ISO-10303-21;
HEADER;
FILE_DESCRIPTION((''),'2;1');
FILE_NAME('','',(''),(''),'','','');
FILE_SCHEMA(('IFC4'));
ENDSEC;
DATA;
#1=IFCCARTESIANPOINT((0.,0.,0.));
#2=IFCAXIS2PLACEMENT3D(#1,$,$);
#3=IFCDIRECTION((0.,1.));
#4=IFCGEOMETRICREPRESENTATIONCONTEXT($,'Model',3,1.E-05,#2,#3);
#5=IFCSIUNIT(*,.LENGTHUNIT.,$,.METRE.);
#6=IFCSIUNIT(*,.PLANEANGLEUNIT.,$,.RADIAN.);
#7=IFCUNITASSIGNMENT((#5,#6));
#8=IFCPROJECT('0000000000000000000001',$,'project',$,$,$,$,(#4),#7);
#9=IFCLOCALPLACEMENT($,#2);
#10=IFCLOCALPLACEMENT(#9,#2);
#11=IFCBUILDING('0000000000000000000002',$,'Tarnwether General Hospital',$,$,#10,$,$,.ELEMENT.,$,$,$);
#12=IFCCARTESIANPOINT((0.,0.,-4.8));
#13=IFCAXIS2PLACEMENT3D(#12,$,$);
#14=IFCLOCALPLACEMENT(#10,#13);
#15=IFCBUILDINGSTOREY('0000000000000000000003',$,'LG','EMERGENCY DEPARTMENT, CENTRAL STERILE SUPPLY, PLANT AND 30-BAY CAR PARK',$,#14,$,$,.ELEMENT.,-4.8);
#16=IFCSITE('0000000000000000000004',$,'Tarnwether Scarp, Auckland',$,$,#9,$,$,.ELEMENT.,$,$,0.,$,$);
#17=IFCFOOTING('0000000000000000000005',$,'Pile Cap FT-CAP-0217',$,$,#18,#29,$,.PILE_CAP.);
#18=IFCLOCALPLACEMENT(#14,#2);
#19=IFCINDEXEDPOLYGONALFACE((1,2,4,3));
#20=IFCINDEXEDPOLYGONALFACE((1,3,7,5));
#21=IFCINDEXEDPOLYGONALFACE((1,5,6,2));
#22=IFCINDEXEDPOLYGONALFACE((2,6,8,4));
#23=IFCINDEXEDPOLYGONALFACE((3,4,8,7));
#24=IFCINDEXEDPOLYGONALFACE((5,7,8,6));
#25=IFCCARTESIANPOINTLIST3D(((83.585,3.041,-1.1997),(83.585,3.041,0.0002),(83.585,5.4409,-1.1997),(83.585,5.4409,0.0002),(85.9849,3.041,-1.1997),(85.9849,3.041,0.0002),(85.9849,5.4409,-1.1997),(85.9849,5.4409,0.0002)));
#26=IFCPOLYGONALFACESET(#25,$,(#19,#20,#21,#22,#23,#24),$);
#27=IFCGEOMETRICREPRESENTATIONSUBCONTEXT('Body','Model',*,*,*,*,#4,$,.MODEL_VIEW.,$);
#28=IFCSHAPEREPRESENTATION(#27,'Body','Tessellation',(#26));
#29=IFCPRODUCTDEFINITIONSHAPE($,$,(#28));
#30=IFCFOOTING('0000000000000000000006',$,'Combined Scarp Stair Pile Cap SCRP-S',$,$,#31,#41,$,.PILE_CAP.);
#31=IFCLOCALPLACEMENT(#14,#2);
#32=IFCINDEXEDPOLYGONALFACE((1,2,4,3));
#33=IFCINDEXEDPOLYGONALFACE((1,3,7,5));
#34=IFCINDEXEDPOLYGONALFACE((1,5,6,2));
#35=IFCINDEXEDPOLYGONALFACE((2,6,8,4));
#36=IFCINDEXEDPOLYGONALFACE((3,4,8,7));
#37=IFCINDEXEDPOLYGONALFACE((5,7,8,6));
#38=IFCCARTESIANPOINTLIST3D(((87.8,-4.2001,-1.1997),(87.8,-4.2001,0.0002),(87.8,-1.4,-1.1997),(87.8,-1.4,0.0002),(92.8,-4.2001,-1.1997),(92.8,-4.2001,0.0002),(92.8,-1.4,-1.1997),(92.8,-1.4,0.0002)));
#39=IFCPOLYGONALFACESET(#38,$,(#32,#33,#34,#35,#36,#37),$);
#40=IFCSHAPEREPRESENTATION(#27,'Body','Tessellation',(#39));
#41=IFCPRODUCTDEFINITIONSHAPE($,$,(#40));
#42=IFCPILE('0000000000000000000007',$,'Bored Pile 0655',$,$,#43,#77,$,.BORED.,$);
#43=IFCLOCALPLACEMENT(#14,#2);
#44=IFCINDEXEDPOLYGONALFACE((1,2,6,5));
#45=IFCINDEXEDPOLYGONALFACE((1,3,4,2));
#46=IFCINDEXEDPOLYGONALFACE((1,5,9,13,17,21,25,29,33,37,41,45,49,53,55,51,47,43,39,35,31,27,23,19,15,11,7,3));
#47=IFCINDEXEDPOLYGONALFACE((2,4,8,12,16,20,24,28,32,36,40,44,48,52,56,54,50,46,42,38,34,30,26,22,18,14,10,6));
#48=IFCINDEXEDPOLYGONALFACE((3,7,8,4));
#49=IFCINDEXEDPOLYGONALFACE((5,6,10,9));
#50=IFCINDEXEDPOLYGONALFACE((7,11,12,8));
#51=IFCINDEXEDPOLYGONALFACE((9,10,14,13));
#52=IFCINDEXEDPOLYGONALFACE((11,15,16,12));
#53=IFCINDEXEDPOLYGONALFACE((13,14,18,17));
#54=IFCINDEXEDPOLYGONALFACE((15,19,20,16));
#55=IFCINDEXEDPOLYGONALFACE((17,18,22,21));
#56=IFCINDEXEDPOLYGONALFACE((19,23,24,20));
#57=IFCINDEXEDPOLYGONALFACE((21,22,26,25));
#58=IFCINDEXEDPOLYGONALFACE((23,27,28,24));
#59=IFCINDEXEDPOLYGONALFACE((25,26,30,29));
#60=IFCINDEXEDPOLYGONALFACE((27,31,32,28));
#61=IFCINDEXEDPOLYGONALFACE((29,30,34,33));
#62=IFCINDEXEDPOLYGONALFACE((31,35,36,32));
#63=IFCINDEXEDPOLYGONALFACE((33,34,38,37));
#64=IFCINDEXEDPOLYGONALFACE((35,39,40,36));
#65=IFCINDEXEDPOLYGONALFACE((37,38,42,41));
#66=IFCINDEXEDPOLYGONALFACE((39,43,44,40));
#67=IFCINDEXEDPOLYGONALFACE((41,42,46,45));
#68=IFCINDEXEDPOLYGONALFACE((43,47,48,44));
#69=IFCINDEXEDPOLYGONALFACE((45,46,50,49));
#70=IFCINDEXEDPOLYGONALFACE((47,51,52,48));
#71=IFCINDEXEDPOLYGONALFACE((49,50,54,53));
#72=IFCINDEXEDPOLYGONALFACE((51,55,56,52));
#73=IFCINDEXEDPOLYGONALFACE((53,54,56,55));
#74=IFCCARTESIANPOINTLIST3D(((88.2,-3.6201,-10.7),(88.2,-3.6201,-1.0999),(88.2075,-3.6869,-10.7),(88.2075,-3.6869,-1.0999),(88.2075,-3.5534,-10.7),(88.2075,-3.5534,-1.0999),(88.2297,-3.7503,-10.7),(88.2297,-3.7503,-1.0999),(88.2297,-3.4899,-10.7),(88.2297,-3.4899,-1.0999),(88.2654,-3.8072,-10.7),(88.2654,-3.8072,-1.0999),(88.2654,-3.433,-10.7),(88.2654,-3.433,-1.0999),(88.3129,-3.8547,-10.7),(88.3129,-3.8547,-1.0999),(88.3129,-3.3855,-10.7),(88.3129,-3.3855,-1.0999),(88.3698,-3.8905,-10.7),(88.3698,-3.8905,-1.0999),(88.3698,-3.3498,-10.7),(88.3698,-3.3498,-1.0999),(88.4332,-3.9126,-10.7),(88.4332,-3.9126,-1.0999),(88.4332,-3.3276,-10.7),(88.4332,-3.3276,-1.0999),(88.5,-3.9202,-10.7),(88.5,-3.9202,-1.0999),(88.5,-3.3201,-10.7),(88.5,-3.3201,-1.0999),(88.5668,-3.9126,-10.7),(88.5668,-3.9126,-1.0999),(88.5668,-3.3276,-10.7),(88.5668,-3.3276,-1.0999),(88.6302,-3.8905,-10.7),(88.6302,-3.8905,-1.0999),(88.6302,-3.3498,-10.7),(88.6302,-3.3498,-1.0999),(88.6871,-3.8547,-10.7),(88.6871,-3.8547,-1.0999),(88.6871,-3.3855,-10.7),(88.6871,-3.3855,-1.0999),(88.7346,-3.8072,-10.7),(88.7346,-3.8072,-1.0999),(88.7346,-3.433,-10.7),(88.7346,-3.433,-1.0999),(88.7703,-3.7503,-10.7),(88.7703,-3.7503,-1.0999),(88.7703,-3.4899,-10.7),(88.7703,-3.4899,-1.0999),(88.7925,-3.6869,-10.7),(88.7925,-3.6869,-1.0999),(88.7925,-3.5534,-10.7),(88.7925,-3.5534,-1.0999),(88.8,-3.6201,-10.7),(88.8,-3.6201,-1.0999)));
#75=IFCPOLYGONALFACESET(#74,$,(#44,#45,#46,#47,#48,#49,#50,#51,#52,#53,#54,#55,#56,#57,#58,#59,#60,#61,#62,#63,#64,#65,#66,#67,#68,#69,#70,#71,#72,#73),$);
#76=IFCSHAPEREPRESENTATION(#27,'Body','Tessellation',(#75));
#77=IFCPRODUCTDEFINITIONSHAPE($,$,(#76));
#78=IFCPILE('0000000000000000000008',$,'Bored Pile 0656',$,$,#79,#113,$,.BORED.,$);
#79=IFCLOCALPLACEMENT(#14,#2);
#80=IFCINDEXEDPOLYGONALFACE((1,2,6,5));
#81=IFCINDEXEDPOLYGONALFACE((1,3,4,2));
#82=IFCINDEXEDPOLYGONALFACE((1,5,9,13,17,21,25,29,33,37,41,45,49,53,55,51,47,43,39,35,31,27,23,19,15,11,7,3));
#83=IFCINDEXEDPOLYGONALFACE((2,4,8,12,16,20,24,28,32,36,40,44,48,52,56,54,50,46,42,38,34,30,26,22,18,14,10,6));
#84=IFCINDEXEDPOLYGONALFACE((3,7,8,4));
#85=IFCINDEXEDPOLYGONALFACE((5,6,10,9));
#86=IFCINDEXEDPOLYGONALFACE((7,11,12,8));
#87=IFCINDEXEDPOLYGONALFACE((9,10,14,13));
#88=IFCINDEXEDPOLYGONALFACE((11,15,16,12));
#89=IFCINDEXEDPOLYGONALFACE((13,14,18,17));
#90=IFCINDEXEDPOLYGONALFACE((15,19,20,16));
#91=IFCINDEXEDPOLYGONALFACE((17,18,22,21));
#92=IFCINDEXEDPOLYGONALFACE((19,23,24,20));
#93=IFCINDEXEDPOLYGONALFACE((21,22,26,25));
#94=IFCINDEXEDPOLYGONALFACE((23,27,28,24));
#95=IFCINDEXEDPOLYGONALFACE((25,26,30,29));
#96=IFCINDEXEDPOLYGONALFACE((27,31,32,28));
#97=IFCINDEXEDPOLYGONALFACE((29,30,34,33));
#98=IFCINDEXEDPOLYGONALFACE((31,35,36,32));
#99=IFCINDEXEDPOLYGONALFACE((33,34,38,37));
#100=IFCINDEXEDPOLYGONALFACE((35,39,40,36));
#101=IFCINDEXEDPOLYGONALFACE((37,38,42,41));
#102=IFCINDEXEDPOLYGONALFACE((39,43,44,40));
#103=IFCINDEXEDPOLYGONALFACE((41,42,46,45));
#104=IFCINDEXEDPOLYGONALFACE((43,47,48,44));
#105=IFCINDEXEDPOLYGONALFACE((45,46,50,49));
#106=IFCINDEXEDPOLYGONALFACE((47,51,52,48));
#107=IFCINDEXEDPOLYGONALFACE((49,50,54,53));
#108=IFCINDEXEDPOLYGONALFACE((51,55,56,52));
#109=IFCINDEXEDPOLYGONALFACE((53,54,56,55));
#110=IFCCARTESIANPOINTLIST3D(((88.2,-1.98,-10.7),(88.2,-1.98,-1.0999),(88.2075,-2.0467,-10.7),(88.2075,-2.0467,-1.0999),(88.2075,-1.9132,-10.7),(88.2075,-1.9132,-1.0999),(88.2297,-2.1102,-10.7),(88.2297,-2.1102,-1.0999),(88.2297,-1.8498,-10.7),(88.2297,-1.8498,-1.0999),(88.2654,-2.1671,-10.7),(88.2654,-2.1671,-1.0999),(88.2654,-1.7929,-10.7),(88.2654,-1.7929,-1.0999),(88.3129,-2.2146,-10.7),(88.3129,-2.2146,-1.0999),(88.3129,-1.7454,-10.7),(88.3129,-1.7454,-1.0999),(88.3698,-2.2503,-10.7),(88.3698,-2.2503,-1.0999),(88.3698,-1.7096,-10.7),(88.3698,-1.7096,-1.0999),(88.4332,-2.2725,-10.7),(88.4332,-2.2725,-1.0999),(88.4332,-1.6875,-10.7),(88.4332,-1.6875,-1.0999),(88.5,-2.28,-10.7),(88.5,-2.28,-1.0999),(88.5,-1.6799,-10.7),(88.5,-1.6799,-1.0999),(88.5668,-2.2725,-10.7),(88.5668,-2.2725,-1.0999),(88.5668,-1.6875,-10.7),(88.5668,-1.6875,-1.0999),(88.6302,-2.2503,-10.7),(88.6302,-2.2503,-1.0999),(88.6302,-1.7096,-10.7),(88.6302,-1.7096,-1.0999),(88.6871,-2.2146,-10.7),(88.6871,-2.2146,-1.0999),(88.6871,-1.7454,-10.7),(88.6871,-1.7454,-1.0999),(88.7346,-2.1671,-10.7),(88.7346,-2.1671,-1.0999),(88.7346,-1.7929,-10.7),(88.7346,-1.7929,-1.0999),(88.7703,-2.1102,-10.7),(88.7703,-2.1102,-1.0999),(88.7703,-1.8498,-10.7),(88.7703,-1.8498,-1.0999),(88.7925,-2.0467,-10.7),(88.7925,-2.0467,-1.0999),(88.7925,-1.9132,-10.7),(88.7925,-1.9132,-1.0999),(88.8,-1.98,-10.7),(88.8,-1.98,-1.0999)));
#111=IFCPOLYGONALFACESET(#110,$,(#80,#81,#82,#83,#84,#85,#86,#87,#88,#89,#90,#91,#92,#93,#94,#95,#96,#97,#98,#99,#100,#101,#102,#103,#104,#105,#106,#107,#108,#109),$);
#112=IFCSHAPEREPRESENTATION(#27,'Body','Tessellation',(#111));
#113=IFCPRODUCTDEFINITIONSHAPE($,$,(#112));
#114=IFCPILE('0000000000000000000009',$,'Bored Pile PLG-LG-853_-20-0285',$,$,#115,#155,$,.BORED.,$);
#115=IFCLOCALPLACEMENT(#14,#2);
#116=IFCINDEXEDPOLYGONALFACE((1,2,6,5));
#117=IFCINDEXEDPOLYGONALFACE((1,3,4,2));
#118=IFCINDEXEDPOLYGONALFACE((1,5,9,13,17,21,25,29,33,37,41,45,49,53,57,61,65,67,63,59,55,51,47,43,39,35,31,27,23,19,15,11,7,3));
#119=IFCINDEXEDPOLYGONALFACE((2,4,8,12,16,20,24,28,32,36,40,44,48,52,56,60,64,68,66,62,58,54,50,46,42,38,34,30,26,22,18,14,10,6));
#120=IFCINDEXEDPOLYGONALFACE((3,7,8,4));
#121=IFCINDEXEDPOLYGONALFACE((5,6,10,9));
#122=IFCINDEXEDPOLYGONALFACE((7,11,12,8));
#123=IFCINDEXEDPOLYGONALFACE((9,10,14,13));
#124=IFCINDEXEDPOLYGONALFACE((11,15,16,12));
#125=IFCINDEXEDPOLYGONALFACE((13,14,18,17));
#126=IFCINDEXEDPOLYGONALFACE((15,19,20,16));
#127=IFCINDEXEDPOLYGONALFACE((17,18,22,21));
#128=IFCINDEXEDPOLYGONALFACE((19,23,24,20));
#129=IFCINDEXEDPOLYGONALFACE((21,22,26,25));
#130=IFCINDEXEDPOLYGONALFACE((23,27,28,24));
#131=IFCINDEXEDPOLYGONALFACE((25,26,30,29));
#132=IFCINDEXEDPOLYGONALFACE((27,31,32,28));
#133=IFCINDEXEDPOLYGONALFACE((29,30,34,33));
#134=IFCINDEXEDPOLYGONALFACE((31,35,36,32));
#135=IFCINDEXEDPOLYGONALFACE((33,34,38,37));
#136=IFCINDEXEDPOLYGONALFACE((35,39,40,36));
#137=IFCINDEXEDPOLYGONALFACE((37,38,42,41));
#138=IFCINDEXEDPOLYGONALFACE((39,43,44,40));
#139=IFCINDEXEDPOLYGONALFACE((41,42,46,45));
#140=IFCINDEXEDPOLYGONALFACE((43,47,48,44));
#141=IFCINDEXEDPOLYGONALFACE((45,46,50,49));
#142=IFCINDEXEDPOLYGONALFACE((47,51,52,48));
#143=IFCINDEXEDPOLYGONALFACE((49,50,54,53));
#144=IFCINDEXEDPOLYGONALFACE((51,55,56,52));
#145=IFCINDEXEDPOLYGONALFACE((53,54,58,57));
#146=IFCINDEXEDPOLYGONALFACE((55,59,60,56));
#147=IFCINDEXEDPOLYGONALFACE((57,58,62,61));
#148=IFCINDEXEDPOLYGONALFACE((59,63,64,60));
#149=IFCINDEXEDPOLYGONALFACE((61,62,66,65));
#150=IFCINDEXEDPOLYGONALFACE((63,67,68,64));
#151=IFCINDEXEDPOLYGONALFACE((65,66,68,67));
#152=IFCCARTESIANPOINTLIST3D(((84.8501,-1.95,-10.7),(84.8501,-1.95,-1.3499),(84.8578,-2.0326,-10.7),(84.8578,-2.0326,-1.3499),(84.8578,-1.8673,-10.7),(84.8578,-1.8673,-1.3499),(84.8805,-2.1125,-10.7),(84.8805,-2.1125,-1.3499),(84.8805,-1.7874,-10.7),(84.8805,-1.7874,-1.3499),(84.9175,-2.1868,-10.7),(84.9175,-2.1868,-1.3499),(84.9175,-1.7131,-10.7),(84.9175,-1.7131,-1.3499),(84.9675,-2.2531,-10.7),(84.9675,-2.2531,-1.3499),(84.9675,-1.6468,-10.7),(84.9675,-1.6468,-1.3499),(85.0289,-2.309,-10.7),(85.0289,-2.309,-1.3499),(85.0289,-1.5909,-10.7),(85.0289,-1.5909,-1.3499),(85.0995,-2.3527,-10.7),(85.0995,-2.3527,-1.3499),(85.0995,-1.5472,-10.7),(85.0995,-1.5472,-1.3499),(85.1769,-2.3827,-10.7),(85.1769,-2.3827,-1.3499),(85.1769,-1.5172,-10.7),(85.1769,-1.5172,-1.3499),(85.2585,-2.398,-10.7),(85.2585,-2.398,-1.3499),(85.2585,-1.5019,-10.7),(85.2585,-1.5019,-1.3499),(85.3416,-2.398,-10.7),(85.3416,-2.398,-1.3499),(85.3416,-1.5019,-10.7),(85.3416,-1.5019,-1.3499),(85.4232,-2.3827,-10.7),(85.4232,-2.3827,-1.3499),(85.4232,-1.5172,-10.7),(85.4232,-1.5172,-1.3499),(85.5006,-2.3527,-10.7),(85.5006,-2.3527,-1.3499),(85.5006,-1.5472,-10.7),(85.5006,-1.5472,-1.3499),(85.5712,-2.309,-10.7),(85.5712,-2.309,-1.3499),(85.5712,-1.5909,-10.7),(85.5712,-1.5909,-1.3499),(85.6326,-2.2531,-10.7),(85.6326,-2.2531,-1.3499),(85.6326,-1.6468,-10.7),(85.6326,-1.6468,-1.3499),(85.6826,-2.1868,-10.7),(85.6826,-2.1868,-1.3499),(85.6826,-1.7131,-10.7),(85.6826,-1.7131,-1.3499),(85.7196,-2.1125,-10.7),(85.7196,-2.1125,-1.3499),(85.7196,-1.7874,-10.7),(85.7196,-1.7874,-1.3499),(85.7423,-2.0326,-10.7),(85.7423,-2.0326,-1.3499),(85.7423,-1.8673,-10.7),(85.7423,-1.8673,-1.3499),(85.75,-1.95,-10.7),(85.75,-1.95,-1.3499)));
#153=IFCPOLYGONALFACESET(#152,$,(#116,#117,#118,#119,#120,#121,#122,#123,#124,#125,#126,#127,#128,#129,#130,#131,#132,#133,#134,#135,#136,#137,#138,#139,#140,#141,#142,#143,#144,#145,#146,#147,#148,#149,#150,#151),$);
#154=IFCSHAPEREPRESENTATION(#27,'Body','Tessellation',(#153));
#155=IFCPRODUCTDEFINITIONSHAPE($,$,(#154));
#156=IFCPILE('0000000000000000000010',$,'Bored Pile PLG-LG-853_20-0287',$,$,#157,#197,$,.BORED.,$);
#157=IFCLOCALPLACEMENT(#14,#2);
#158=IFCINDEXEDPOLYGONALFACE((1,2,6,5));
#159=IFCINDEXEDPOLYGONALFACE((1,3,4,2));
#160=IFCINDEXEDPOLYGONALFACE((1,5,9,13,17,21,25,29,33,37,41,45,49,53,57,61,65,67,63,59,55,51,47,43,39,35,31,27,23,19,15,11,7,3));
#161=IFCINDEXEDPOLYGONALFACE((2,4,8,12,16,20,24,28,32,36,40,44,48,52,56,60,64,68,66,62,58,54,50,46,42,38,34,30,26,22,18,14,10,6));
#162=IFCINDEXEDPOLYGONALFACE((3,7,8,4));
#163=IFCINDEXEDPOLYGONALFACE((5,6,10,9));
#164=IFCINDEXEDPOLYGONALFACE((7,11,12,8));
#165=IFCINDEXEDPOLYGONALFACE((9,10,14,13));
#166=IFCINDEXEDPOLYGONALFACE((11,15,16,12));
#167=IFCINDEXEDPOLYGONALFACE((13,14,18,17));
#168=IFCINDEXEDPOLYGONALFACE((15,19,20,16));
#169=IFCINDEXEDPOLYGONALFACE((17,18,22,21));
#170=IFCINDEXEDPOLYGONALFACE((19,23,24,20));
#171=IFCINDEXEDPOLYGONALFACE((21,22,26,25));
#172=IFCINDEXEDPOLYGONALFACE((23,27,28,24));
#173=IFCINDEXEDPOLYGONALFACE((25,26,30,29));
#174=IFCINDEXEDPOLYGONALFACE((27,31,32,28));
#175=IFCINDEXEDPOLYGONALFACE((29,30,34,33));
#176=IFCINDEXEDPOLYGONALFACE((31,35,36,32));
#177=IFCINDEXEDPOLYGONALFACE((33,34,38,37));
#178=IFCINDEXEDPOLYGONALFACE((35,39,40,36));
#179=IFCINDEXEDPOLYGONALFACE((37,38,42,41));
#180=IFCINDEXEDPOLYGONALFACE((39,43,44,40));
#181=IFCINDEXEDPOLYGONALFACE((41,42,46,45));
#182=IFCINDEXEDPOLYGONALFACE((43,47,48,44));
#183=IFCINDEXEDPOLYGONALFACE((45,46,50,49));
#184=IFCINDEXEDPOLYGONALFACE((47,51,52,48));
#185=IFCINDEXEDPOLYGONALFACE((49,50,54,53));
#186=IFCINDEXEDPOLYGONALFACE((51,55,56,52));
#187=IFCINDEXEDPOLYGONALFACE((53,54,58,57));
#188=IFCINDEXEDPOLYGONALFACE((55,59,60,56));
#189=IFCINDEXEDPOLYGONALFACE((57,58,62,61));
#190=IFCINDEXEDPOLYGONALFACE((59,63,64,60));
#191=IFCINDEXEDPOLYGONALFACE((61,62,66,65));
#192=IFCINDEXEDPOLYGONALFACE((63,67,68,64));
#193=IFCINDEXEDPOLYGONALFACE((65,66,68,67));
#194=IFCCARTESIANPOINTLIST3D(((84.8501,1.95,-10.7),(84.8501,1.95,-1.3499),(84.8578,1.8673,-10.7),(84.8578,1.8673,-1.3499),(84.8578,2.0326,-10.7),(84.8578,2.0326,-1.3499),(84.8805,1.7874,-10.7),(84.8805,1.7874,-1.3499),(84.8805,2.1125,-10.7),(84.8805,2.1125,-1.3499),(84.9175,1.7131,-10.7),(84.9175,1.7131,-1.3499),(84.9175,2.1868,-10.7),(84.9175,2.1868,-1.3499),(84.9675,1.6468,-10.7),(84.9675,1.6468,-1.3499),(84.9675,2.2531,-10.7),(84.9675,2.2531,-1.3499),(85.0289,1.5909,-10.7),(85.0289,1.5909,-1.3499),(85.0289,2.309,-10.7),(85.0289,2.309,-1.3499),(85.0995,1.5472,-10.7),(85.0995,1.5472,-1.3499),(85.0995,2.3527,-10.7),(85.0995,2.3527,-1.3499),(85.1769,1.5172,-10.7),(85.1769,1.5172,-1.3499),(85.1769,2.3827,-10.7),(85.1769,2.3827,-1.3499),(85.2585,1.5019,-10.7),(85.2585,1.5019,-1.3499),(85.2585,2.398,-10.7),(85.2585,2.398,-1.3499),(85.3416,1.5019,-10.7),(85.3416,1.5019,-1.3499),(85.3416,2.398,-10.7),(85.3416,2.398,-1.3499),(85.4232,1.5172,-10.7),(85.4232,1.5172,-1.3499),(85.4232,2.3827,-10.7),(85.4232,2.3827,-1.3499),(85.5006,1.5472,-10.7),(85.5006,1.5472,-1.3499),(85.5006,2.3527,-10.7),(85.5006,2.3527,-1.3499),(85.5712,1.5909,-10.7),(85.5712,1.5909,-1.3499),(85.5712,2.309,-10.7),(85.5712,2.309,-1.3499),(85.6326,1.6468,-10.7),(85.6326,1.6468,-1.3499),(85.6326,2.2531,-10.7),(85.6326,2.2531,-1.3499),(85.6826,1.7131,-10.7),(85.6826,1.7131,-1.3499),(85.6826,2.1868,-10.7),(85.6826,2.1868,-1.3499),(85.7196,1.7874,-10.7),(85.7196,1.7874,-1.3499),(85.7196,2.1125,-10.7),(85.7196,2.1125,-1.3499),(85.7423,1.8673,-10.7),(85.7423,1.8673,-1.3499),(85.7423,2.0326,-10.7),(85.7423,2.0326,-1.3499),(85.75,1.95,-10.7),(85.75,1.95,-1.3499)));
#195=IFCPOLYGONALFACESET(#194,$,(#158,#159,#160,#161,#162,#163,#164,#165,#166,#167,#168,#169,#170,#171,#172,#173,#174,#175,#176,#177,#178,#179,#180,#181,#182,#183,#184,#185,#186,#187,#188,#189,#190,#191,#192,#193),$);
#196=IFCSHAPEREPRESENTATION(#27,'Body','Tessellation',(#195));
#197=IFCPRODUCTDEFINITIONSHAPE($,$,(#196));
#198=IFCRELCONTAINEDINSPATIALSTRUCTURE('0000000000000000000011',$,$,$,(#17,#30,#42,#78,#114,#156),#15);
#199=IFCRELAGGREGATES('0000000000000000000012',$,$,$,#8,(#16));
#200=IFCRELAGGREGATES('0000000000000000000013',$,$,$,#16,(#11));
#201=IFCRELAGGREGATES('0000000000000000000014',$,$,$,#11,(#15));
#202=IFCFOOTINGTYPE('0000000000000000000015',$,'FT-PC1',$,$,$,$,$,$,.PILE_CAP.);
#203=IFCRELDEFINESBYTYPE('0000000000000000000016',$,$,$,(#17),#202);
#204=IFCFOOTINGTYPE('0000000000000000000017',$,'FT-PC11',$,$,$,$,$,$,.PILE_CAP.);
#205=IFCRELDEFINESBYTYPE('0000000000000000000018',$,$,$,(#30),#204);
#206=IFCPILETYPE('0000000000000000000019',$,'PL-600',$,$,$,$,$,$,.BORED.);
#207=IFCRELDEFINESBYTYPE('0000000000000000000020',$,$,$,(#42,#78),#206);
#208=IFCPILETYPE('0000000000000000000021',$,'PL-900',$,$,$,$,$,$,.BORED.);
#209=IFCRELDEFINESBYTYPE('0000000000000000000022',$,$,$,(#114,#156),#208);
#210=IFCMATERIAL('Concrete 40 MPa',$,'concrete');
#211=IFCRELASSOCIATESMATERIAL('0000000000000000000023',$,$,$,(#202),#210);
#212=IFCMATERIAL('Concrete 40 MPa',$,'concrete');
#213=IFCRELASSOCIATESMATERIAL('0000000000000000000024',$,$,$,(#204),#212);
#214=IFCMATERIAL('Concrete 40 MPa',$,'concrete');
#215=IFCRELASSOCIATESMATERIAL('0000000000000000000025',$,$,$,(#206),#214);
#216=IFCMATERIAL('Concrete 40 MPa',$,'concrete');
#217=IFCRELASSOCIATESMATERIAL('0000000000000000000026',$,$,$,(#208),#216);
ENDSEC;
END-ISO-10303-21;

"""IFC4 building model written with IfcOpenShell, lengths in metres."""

from ifc_helpers import new_model, si_unit, direction, frame, origin, origin_2d, place, context, subcontext, project, spatial, rectangle, circle, extrude, material, material_profile, profile_set, type_object, element, save


model = new_model("IFC4")

# Units and contexts
model_context = context("Model", 3, precision=1e-05, world=origin(), true_north=direction((0.0, 1.0)))
body_context = subcontext(model_context, "Body", "Model", "MODEL_VIEW")
ifc_project = project(units=[si_unit("LENGTHUNIT", "METRE"), si_unit("PLANEANGLEUNIT", "RADIAN")], contexts=[model_context])

# Site, building, storey
site_placement = place(None, origin())
site = spatial("IfcSite", under=ifc_project, at=site_placement, Name="Tarnwether Scarp, Auckland", CompositionType="ELEMENT", RefElevation=0.0)
building_placement = place(site_placement, origin())
building = spatial("IfcBuilding", under=site, at=building_placement, Name="Tarnwether General Hospital", CompositionType="ELEMENT")
storey_placement = place(building_placement, frame((0.0, 0.0, -4.8)))
storey = spatial("IfcBuildingStorey", under=building, at=storey_placement, Name="LG", Description="EMERGENCY DEPARTMENT, CENTRAL STERILE SUPPLY, PLANT AND 30-BAY CAR PARK", CompositionType="ELEMENT", Elevation=-4.8)

# Footings
ifc_material_1 = material(Name="Concrete 40 MPa", Category="concrete")
footing_type_1 = type_object("IfcFootingType", Name="FT-PC1", PredefinedType="PILE_CAP", material=ifc_material_1)
footing_1_placement = place(storey_placement, frame((84.7849, 4.241, -1.1997), z_axis=(0.0, 0.0, 1.0), x_axis=(1.0, 0.0, 0.0)))
element("IfcFooting", 1, at=footing_1_placement, inside=storey, type_object=footing_type_1, Name="Pile Cap FT-CAP-0217", PredefinedType="PILE_CAP", context=body_context, shape_type="SweptSolid", body=[
    extrude(rectangle(XDim=2.3999, YDim=2.3999, at=origin_2d()), origin(), (0.0, 0.0, 1.0), 1.2),
])
ifc_material_2 = material(Name="Concrete 40 MPa", Category="concrete")
footing_type_2 = type_object("IfcFootingType", Name="FT-PC11", PredefinedType="PILE_CAP", material=ifc_material_2)
footing_2_placement = place(storey_placement, frame((90.3, -2.8, -1.1997), z_axis=(0.0, 0.0, 1.0), x_axis=(1.0, 0.0, 0.0)))
element("IfcFooting", 2, at=footing_2_placement, inside=storey, type_object=footing_type_2, Name="Combined Scarp Stair Pile Cap SCRP-S", PredefinedType="PILE_CAP", context=body_context, shape_type="SweptSolid", body=[
    extrude(rectangle(XDim=5.0, YDim=2.8, at=origin_2d()), origin(), (0.0, 0.0, 1.0), 1.2),
])

# Piles
ifc_material_3 = material(Name="Concrete 40 MPa", Category="concrete")
ifc_material_profile_1 = material_profile(ifc_material_3, circle(Radius=0.3, at=origin_2d()), Name="PILE-D600")
ifc_profile_set_1 = profile_set([ifc_material_profile_1], Name="Concrete 40 MPa")
pile_type_1 = type_object("IfcPileType", Name="PL-600", PredefinedType="BORED", material=ifc_profile_set_1)
for number, where, z_axis, x_axis, name in (
    (3, (88.5, -3.6201, -1.0999), (0.0, 0.0, -1.0), (1.0, 0.0, 0.0), "Bored Pile 0655"),
    (4, (88.5, -1.98, -1.0999), (0.0, 0.0, -1.0), (1.0, 0.0, 0.0), "Bored Pile 0656"),
):
    element("IfcPile", number, at=place(storey_placement, frame(where, z_axis=z_axis, x_axis=x_axis)), inside=storey, type_object=pile_type_1, Name=name, PredefinedType="BORED", context=body_context, shape_type="SweptSolid", body=[
        extrude(circle(Radius=0.3, at=origin_2d()), origin(), (0.0, 0.0, 1.0), 9.6001),
    ])
ifc_material_4 = material(Name="Concrete 40 MPa", Category="concrete")
ifc_material_profile_2 = material_profile(ifc_material_4, circle(Radius=0.45, at=origin_2d()), Name="PILE-D900")
ifc_profile_set_2 = profile_set([ifc_material_profile_2], Name="Concrete 40 MPa")
pile_type_2 = type_object("IfcPileType", Name="PL-900", PredefinedType="BORED", material=ifc_profile_set_2)
for number, where, z_axis, x_axis, name in (
    (5, (85.3, -1.95, -1.3499), (0.0, 0.0, -1.0), (1.0, 0.0, 0.0), "Bored Pile PLG-LG-853_-20-0285"),
    (6, (85.3, 1.95, -1.3499), (0.0, 0.0, -1.0), (1.0, 0.0, 0.0), "Bored Pile PLG-LG-853_20-0287"),
):
    element("IfcPile", number, at=place(storey_placement, frame(where, z_axis=z_axis, x_axis=x_axis)), inside=storey, type_object=pile_type_2, Name=name, PredefinedType="BORED", context=body_context, shape_type="SweptSolid", body=[
        extrude(circle(Radius=0.45, at=origin_2d()), origin(), (0.0, 0.0, 1.0), 9.3501),
    ])

save(model, "model.ifc")
